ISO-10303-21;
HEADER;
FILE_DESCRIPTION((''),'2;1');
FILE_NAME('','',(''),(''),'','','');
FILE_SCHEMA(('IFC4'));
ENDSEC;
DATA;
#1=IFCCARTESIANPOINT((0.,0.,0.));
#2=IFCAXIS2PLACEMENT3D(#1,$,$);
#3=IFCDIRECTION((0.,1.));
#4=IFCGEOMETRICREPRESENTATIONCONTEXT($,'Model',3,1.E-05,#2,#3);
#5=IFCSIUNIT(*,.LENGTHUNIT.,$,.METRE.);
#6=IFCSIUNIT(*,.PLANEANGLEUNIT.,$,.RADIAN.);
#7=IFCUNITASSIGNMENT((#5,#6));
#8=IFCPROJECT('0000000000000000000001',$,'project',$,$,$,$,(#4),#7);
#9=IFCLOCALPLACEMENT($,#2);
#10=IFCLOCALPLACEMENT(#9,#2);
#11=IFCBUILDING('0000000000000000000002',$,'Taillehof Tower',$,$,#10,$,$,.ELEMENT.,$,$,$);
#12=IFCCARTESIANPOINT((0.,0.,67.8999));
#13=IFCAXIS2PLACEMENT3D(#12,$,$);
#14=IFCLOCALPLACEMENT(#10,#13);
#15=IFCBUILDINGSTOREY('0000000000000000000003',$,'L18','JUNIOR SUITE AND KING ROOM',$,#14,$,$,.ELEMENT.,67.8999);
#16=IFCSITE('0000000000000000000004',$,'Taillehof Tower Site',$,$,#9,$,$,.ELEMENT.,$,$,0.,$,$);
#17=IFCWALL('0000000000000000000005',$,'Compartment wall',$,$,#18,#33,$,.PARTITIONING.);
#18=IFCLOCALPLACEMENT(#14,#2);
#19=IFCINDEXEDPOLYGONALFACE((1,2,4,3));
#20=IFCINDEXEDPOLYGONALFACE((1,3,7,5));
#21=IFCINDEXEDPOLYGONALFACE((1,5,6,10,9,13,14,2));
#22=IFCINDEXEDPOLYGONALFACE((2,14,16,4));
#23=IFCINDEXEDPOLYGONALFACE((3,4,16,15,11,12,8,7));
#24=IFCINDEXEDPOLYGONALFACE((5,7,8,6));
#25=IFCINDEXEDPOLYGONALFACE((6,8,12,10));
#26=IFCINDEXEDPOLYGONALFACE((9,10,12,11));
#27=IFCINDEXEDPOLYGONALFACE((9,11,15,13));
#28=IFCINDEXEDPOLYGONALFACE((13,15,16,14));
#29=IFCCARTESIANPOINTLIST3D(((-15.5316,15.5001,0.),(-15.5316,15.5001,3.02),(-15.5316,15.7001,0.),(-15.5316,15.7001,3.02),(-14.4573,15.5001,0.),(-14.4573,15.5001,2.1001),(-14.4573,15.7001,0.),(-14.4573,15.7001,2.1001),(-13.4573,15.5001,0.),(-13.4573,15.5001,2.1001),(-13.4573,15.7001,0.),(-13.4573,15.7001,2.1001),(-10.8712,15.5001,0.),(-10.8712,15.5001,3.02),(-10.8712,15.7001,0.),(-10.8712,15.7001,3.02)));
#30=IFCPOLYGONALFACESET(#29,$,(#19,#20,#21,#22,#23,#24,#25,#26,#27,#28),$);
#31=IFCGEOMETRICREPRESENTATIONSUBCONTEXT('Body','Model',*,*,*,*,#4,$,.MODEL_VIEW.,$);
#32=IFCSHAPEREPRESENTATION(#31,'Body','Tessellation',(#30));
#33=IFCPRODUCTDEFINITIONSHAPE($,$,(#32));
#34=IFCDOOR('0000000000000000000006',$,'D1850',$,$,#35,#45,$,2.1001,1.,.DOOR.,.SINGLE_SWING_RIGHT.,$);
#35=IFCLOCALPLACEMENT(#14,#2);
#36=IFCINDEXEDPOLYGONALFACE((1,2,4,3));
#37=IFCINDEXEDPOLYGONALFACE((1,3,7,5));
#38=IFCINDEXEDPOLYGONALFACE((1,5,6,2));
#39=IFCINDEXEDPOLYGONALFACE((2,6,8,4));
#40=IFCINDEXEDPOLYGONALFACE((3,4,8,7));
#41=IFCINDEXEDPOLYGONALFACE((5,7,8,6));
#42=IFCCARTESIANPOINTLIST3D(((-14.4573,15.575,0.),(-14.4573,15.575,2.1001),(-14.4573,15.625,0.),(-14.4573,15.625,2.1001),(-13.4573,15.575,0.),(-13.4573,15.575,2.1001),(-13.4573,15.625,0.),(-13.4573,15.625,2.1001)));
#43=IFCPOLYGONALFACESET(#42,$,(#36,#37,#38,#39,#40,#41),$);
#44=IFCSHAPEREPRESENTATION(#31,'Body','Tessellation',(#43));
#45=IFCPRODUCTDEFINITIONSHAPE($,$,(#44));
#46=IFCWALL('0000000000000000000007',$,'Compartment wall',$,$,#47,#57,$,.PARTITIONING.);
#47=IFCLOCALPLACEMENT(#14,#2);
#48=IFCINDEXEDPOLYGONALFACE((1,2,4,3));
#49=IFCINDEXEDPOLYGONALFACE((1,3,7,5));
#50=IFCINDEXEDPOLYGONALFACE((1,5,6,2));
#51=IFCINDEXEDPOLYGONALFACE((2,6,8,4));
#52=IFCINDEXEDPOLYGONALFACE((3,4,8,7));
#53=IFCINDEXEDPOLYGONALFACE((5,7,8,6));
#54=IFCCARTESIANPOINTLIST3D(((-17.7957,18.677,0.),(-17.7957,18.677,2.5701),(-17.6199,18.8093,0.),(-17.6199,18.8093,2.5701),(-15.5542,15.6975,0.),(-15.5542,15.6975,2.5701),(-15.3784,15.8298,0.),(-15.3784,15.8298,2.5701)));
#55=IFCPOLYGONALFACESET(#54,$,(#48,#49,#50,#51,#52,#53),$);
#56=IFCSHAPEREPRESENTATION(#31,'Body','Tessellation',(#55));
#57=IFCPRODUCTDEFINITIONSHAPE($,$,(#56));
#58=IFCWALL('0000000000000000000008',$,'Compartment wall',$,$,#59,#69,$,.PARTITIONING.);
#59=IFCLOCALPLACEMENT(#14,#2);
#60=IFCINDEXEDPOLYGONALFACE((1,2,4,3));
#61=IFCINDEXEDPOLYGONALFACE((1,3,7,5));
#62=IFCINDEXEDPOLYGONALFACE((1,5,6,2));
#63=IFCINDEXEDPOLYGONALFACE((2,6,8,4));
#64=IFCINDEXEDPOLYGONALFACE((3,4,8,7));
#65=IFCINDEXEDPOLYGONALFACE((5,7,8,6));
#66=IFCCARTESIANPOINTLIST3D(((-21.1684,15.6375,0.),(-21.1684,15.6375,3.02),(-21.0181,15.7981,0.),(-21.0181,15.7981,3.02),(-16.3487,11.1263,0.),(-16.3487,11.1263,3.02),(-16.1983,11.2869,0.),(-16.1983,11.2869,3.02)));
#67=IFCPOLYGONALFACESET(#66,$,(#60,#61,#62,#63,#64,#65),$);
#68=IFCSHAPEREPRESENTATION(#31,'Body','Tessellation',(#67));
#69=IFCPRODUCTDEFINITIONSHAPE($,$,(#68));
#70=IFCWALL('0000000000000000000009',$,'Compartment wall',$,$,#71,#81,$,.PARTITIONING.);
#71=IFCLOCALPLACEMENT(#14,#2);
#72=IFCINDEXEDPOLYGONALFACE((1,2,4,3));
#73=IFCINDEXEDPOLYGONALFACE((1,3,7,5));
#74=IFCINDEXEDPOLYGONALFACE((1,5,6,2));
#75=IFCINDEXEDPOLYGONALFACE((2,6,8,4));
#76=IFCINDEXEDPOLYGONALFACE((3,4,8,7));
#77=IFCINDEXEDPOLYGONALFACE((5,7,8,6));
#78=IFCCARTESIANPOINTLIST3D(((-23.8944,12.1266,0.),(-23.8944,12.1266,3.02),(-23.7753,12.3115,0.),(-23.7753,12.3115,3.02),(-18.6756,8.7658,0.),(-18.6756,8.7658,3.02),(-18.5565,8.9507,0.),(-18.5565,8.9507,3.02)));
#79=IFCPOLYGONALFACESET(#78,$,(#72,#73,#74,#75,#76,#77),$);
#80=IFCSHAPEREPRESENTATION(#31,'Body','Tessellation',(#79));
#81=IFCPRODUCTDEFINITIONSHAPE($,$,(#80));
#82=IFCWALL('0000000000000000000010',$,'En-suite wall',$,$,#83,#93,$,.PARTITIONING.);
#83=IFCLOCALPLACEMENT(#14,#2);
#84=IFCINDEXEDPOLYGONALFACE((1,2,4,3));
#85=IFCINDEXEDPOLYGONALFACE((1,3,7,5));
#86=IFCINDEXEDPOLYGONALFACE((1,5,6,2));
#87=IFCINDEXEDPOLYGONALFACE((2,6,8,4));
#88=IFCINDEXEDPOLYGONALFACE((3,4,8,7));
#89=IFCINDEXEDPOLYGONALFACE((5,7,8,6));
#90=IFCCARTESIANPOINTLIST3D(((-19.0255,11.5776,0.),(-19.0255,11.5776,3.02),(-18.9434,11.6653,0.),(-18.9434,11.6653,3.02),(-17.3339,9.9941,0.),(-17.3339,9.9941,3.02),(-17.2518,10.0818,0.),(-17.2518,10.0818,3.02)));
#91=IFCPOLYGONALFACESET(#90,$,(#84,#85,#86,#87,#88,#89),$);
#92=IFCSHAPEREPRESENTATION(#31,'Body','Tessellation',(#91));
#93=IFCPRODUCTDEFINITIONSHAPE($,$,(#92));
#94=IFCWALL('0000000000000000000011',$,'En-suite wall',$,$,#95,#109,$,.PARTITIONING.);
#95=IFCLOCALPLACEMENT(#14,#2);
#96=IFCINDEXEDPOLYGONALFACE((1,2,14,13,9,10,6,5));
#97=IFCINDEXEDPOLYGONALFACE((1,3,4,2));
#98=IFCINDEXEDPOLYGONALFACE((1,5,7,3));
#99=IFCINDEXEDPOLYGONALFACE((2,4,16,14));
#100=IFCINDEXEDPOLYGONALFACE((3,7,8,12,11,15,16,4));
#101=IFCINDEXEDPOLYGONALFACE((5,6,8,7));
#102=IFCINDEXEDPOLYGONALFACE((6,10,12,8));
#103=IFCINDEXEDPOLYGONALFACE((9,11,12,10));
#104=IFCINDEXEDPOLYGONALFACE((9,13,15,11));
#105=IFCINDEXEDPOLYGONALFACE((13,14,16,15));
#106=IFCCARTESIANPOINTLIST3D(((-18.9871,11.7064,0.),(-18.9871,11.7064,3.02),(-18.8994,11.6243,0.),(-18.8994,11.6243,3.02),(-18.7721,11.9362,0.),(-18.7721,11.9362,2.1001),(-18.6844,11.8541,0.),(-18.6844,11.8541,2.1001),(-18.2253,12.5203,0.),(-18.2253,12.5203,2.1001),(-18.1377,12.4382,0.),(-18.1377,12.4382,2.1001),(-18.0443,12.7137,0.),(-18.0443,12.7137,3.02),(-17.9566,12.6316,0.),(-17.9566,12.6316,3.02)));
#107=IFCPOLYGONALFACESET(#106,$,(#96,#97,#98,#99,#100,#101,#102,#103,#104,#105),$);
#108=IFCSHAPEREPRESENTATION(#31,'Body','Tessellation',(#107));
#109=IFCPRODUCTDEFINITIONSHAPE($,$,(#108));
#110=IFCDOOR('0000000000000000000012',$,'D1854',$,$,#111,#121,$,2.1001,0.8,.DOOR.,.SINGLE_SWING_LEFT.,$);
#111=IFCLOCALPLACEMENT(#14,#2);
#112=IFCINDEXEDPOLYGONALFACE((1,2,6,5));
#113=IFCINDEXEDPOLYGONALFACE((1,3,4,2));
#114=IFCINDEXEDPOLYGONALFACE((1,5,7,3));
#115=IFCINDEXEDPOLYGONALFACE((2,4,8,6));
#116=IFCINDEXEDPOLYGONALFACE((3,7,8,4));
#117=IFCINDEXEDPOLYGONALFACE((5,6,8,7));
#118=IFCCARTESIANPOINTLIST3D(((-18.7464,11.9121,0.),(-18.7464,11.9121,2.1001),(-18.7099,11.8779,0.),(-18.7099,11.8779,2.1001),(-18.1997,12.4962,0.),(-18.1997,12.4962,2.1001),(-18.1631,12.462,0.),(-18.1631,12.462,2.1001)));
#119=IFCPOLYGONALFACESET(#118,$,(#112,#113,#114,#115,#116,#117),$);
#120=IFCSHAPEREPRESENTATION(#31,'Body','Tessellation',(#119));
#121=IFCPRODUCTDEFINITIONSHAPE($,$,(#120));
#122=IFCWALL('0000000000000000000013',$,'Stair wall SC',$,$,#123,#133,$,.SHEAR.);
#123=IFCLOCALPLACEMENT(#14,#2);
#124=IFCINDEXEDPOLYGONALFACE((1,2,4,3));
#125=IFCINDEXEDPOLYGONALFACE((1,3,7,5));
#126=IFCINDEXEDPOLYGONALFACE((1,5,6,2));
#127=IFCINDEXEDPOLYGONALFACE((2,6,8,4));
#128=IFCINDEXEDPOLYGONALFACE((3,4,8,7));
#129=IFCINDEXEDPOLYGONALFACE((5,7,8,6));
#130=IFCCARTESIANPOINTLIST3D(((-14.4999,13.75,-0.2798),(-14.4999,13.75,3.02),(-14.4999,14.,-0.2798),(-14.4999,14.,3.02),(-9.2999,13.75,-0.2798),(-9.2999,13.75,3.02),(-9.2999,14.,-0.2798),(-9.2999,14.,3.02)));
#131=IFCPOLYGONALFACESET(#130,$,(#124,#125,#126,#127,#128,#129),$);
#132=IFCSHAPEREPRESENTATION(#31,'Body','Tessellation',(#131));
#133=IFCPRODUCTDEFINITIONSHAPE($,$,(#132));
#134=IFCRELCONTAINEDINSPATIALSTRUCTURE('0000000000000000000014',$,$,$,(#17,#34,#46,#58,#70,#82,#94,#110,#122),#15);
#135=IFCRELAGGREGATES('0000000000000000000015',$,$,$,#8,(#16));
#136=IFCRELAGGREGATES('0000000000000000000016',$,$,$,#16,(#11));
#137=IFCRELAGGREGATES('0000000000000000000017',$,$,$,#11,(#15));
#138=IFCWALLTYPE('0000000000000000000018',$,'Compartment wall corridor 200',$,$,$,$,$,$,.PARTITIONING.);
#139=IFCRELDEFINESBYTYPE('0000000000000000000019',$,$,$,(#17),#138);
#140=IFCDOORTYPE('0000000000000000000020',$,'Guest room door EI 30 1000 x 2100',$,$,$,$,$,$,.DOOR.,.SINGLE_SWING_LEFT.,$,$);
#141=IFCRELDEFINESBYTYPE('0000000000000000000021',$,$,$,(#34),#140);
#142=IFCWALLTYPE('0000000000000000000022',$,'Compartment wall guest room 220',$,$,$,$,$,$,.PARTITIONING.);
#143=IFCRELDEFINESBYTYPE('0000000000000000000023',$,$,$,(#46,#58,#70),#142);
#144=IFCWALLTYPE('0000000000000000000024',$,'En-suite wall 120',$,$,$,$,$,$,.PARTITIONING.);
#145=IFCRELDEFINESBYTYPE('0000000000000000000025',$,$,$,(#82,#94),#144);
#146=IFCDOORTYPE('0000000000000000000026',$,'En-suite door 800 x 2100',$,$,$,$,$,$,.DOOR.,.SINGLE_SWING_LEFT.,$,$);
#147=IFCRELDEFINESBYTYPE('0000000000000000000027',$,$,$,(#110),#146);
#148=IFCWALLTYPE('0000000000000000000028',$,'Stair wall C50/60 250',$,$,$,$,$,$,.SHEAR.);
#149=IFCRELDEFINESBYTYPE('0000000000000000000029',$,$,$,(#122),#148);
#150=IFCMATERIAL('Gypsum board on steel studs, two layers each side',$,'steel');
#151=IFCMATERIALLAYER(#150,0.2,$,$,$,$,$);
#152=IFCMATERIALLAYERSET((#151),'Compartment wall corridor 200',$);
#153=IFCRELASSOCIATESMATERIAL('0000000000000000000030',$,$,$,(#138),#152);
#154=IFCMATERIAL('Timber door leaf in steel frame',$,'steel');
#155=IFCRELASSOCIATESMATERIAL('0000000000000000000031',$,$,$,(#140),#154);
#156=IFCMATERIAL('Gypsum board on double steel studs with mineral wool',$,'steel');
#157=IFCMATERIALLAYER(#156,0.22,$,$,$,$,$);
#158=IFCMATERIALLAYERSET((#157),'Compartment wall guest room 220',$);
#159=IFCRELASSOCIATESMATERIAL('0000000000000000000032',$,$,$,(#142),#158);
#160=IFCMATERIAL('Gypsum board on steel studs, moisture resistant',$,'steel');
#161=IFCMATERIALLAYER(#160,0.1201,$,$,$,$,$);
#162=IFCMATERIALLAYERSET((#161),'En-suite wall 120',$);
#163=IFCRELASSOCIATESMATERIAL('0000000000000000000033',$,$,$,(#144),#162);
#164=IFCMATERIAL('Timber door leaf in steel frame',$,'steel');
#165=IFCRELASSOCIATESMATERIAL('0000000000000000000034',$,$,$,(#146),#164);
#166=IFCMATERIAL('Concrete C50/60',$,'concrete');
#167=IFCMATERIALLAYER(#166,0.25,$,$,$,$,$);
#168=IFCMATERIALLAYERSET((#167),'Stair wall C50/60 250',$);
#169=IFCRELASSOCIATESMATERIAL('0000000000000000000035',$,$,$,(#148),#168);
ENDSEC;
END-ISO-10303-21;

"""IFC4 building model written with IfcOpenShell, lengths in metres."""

from ifc_helpers import new_model, si_unit, direction, frame, frame_2d, origin, place, context, subcontext, project, spatial, rectangle, extrude, material, layer, layer_set, type_object, element, fill, save


model = new_model("IFC4")

# Units and contexts
model_context = context("Model", 3, precision=1e-05, world=origin(), true_north=direction((0.0, 1.0)))
body_context = subcontext(model_context, "Body", "Model", "MODEL_VIEW")
ifc_project = project(units=[si_unit("LENGTHUNIT", "METRE"), si_unit("PLANEANGLEUNIT", "RADIAN")], contexts=[model_context])

# Site, building, storey
site_placement = place(None, origin())
site = spatial("IfcSite", under=ifc_project, at=site_placement, Name="Taillehof Tower Site", CompositionType="ELEMENT", RefElevation=0.0)
building_placement = place(site_placement, origin())
building = spatial("IfcBuilding", under=site, at=building_placement, Name="Taillehof Tower", CompositionType="ELEMENT")
storey_placement = place(building_placement, frame((0.0, 0.0, 67.8999)))
storey = spatial("IfcBuildingStorey", under=building, at=storey_placement, Name="L18", Description="JUNIOR SUITE AND KING ROOM", CompositionType="ELEMENT", Elevation=67.8999)

# Shared definitions
ifc_material_1 = material(Name="Gypsum board on steel studs, two layers each side", Category="steel")
ifc_layer_1 = layer(ifc_material_1, 0.2)
ifc_layer_set_1 = layer_set([ifc_layer_1], Name="Compartment wall corridor 200")
wall_type_1 = type_object("IfcWallType", Name="Compartment wall corridor 200", PredefinedType="PARTITIONING", material=ifc_layer_set_1)
ifc_material_2 = material(Name="Timber door leaf in steel frame", Category="steel")
door_type_1 = type_object("IfcDoorType", Name="Guest room door EI 30 1000 x 2100", OperationType="SINGLE_SWING_LEFT", PredefinedType="DOOR", material=ifc_material_2)

# Wall, opening, door
wall_1_placement = place(storey_placement, frame((-15.5315, 15.6001, 0.0), z_axis=(0.0, 0.0, 1.0), x_axis=(1.0, 0.0, 0.0)))
wall_1 = element("IfcWall", 1, at=wall_1_placement, inside=storey, type_object=wall_type_1, Name="Compartment wall", PredefinedType="PARTITIONING", context=body_context, shape_type="SweptSolid", body=[
    extrude(rectangle(XDim=4.6604, YDim=0.2, at=frame_2d((2.3301, 0.0))), origin(), (0.0, 0.0, 1.0), 3.02),
])
opening_1_placement = place(wall_1_placement, frame((1.0742, 0.0, 0.0)))
opening_1 = element("IfcOpeningElement", 2, at=opening_1_placement, cuts=wall_1, PredefinedType="OPENING", context=body_context, shape_type="SweptSolid", body=[
    extrude(rectangle(XDim=1.0, YDim=2.1001, at=frame_2d((0.5, 1.05))), frame((0.0, 0.1099, 0.0), z_axis=(0.0, -1.0, 0.0), x_axis=(1.0, 0.0, 0.0)), (0.0, 0.0, 1.0), 0.22),
])
door_1_placement = place(opening_1_placement, origin())
door_1 = element("IfcDoor", 3, at=door_1_placement, inside=storey, type_object=door_type_1, Name="D1850", OperationType="SINGLE_SWING_RIGHT", OverallHeight=2.1001, OverallWidth=1.0, PredefinedType="DOOR", context=body_context, shape_type="SweptSolid", body=[
    extrude(rectangle(XDim=1.0, YDim=2.1001, at=frame_2d((0.5, 1.05))), frame((0.0, 0.0249, 0.0), z_axis=(0.0, -1.0, 0.0), x_axis=(1.0, 0.0, 0.0)), (0.0, 0.0, 1.0), 0.05),
])
fill(opening_1, door_1)

# Walls
ifc_material_3 = material(Name="Gypsum board on double steel studs with mineral wool", Category="steel")
ifc_layer_2 = layer(ifc_material_3, 0.22)
ifc_layer_set_2 = layer_set([ifc_layer_2], Name="Compartment wall guest room 220")
wall_type_2 = type_object("IfcWallType", Name="Compartment wall guest room 220", PredefinedType="PARTITIONING", material=ifc_layer_set_2)
wall_2_placement = place(storey_placement, frame((-17.7078, 18.7432, 0.0), z_axis=(0.0, 0.0, 1.0), x_axis=(0.601173, -0.799119, 0.0)))
element("IfcWall", 4, at=wall_2_placement, inside=storey, type_object=wall_type_2, Name="Compartment wall", PredefinedType="PARTITIONING", context=body_context, shape_type="SweptSolid", body=[
    extrude(rectangle(XDim=3.7285, YDim=0.22, at=frame_2d((1.8643, 0.0))), origin(), (0.0, 0.0, 1.0), 2.5701),
])
wall_3_placement = place(storey_placement, frame((-21.0933, 15.7178, 0.0), z_axis=(0.0, 0.0, 1.0), x_axis=(0.730093, -0.683348, 0.0)))
element("IfcWall", 5, at=wall_3_placement, inside=storey, type_object=wall_type_2, Name="Compartment wall", PredefinedType="PARTITIONING", context=body_context, shape_type="SweptSolid", body=[
    extrude(rectangle(XDim=6.6016, YDim=0.22, at=frame_2d((3.3008, 0.0))), origin(), (0.0, 0.0, 1.0), 3.02),
])
wall_4_placement = place(storey_placement, frame((-23.8347, 12.219, 0.0), z_axis=(0.0, 0.0, 1.0), x_axis=(0.840744, -0.541433, 0.0)))
element("IfcWall", 6, at=wall_4_placement, inside=storey, type_object=wall_type_2, Name="Compartment wall", PredefinedType="PARTITIONING", context=body_context, shape_type="SweptSolid", body=[
    extrude(rectangle(XDim=6.2073, YDim=0.22, at=frame_2d((3.1035, 0.0))), origin(), (0.0, 0.0, 1.0), 3.02),
])
ifc_material_4 = material(Name="Gypsum board on steel studs, moisture resistant", Category="steel")
ifc_layer_3 = layer(ifc_material_4, 0.1201)
ifc_layer_set_3 = layer_set([ifc_layer_3], Name="En-suite wall 120")
wall_type_3 = type_object("IfcWallType", Name="En-suite wall 120", PredefinedType="PARTITIONING", material=ifc_layer_set_3)
wall_5_placement = place(storey_placement, frame((-17.2927, 10.0378, 0.0), z_axis=(0.0, 0.0, 1.0), x_axis=(-0.730059, 0.683384, 0.0)))
element("IfcWall", 7, at=wall_5_placement, inside=storey, type_object=wall_type_3, Name="En-suite wall", PredefinedType="PARTITIONING", context=body_context, shape_type="SweptSolid", body=[
    extrude(rectangle(XDim=2.3171, YDim=0.1201, at=frame_2d((1.1587, 0.0))), origin(), (0.0, 0.0, 1.0), 3.02),
])

# Wall, opening, door
wall_6_placement = place(storey_placement, frame((-18.9434, 11.6653, 0.0), z_axis=(0.0, 0.0, 1.0), x_axis=(0.683364, 0.730078, 0.0)))
wall_6 = element("IfcWall", 8, at=wall_6_placement, inside=storey, type_object=wall_type_3, Name="En-suite wall", PredefinedType="PARTITIONING", context=body_context, shape_type="SweptSolid", body=[
    extrude(rectangle(XDim=1.3796, YDim=0.1201, at=frame_2d((0.6899, 0.0))), origin(), (0.0, 0.0, 1.0), 3.02),
])
opening_2_placement = place(wall_6_placement, frame((0.3149, 0.0, 0.0)))
opening_2 = element("IfcOpeningElement", 9, at=opening_2_placement, cuts=wall_6, PredefinedType="OPENING", context=body_context, shape_type="SweptSolid", body=[
    extrude(rectangle(XDim=0.8, YDim=2.1001, at=frame_2d((0.3999, 1.05))), frame((0.0, 0.0701, 0.0), z_axis=(0.0, -1.0, 0.0), x_axis=(1.0, 0.0, 0.0)), (0.0, 0.0, 1.0), 0.1401),
])
ifc_material_5 = material(Name="Timber door leaf in steel frame", Category="steel")
door_type_2 = type_object("IfcDoorType", Name="En-suite door 800 x 2100", OperationType="SINGLE_SWING_LEFT", PredefinedType="DOOR", material=ifc_material_5)
door_2_placement = place(opening_2_placement, origin())
door_2 = element("IfcDoor", 10, at=door_2_placement, inside=storey, type_object=door_type_2, Name="D1854", OperationType="SINGLE_SWING_LEFT", OverallHeight=2.1001, OverallWidth=0.8, PredefinedType="DOOR", context=body_context, shape_type="SweptSolid", body=[
    extrude(rectangle(XDim=0.8, YDim=2.1001, at=frame_2d((0.3999, 1.05))), frame((0.0, 0.0249, 0.0), z_axis=(0.0, -1.0, 0.0), x_axis=(1.0, 0.0, 0.0)), (0.0, 0.0, 1.0), 0.05),
])
fill(opening_2, door_2)

# Wall
ifc_material_6 = material(Name="Concrete C50/60", Category="concrete")
ifc_layer_4 = layer(ifc_material_6, 0.25)
ifc_layer_set_4 = layer_set([ifc_layer_4], Name="Stair wall C50/60 250")
wall_type_4 = type_object("IfcWallType", Name="Stair wall C50/60 250", PredefinedType="SHEAR", material=ifc_layer_set_4)
wall_7_placement = place(storey_placement, frame((-14.5, 13.875, -0.2798), z_axis=(0.0, 0.0, 1.0), x_axis=(1.0, 0.0, 0.0)))
element("IfcWall", 11, at=wall_7_placement, inside=storey, type_object=wall_type_4, Name="Stair wall SC", PredefinedType="SHEAR", context=body_context, shape_type="SweptSolid", body=[
    extrude(rectangle(XDim=5.2, YDim=0.25, at=frame_2d((2.6001, 0.0))), origin(), (0.0, 0.0, 1.0), 3.2998),
])

save(model, "model.ifc")
